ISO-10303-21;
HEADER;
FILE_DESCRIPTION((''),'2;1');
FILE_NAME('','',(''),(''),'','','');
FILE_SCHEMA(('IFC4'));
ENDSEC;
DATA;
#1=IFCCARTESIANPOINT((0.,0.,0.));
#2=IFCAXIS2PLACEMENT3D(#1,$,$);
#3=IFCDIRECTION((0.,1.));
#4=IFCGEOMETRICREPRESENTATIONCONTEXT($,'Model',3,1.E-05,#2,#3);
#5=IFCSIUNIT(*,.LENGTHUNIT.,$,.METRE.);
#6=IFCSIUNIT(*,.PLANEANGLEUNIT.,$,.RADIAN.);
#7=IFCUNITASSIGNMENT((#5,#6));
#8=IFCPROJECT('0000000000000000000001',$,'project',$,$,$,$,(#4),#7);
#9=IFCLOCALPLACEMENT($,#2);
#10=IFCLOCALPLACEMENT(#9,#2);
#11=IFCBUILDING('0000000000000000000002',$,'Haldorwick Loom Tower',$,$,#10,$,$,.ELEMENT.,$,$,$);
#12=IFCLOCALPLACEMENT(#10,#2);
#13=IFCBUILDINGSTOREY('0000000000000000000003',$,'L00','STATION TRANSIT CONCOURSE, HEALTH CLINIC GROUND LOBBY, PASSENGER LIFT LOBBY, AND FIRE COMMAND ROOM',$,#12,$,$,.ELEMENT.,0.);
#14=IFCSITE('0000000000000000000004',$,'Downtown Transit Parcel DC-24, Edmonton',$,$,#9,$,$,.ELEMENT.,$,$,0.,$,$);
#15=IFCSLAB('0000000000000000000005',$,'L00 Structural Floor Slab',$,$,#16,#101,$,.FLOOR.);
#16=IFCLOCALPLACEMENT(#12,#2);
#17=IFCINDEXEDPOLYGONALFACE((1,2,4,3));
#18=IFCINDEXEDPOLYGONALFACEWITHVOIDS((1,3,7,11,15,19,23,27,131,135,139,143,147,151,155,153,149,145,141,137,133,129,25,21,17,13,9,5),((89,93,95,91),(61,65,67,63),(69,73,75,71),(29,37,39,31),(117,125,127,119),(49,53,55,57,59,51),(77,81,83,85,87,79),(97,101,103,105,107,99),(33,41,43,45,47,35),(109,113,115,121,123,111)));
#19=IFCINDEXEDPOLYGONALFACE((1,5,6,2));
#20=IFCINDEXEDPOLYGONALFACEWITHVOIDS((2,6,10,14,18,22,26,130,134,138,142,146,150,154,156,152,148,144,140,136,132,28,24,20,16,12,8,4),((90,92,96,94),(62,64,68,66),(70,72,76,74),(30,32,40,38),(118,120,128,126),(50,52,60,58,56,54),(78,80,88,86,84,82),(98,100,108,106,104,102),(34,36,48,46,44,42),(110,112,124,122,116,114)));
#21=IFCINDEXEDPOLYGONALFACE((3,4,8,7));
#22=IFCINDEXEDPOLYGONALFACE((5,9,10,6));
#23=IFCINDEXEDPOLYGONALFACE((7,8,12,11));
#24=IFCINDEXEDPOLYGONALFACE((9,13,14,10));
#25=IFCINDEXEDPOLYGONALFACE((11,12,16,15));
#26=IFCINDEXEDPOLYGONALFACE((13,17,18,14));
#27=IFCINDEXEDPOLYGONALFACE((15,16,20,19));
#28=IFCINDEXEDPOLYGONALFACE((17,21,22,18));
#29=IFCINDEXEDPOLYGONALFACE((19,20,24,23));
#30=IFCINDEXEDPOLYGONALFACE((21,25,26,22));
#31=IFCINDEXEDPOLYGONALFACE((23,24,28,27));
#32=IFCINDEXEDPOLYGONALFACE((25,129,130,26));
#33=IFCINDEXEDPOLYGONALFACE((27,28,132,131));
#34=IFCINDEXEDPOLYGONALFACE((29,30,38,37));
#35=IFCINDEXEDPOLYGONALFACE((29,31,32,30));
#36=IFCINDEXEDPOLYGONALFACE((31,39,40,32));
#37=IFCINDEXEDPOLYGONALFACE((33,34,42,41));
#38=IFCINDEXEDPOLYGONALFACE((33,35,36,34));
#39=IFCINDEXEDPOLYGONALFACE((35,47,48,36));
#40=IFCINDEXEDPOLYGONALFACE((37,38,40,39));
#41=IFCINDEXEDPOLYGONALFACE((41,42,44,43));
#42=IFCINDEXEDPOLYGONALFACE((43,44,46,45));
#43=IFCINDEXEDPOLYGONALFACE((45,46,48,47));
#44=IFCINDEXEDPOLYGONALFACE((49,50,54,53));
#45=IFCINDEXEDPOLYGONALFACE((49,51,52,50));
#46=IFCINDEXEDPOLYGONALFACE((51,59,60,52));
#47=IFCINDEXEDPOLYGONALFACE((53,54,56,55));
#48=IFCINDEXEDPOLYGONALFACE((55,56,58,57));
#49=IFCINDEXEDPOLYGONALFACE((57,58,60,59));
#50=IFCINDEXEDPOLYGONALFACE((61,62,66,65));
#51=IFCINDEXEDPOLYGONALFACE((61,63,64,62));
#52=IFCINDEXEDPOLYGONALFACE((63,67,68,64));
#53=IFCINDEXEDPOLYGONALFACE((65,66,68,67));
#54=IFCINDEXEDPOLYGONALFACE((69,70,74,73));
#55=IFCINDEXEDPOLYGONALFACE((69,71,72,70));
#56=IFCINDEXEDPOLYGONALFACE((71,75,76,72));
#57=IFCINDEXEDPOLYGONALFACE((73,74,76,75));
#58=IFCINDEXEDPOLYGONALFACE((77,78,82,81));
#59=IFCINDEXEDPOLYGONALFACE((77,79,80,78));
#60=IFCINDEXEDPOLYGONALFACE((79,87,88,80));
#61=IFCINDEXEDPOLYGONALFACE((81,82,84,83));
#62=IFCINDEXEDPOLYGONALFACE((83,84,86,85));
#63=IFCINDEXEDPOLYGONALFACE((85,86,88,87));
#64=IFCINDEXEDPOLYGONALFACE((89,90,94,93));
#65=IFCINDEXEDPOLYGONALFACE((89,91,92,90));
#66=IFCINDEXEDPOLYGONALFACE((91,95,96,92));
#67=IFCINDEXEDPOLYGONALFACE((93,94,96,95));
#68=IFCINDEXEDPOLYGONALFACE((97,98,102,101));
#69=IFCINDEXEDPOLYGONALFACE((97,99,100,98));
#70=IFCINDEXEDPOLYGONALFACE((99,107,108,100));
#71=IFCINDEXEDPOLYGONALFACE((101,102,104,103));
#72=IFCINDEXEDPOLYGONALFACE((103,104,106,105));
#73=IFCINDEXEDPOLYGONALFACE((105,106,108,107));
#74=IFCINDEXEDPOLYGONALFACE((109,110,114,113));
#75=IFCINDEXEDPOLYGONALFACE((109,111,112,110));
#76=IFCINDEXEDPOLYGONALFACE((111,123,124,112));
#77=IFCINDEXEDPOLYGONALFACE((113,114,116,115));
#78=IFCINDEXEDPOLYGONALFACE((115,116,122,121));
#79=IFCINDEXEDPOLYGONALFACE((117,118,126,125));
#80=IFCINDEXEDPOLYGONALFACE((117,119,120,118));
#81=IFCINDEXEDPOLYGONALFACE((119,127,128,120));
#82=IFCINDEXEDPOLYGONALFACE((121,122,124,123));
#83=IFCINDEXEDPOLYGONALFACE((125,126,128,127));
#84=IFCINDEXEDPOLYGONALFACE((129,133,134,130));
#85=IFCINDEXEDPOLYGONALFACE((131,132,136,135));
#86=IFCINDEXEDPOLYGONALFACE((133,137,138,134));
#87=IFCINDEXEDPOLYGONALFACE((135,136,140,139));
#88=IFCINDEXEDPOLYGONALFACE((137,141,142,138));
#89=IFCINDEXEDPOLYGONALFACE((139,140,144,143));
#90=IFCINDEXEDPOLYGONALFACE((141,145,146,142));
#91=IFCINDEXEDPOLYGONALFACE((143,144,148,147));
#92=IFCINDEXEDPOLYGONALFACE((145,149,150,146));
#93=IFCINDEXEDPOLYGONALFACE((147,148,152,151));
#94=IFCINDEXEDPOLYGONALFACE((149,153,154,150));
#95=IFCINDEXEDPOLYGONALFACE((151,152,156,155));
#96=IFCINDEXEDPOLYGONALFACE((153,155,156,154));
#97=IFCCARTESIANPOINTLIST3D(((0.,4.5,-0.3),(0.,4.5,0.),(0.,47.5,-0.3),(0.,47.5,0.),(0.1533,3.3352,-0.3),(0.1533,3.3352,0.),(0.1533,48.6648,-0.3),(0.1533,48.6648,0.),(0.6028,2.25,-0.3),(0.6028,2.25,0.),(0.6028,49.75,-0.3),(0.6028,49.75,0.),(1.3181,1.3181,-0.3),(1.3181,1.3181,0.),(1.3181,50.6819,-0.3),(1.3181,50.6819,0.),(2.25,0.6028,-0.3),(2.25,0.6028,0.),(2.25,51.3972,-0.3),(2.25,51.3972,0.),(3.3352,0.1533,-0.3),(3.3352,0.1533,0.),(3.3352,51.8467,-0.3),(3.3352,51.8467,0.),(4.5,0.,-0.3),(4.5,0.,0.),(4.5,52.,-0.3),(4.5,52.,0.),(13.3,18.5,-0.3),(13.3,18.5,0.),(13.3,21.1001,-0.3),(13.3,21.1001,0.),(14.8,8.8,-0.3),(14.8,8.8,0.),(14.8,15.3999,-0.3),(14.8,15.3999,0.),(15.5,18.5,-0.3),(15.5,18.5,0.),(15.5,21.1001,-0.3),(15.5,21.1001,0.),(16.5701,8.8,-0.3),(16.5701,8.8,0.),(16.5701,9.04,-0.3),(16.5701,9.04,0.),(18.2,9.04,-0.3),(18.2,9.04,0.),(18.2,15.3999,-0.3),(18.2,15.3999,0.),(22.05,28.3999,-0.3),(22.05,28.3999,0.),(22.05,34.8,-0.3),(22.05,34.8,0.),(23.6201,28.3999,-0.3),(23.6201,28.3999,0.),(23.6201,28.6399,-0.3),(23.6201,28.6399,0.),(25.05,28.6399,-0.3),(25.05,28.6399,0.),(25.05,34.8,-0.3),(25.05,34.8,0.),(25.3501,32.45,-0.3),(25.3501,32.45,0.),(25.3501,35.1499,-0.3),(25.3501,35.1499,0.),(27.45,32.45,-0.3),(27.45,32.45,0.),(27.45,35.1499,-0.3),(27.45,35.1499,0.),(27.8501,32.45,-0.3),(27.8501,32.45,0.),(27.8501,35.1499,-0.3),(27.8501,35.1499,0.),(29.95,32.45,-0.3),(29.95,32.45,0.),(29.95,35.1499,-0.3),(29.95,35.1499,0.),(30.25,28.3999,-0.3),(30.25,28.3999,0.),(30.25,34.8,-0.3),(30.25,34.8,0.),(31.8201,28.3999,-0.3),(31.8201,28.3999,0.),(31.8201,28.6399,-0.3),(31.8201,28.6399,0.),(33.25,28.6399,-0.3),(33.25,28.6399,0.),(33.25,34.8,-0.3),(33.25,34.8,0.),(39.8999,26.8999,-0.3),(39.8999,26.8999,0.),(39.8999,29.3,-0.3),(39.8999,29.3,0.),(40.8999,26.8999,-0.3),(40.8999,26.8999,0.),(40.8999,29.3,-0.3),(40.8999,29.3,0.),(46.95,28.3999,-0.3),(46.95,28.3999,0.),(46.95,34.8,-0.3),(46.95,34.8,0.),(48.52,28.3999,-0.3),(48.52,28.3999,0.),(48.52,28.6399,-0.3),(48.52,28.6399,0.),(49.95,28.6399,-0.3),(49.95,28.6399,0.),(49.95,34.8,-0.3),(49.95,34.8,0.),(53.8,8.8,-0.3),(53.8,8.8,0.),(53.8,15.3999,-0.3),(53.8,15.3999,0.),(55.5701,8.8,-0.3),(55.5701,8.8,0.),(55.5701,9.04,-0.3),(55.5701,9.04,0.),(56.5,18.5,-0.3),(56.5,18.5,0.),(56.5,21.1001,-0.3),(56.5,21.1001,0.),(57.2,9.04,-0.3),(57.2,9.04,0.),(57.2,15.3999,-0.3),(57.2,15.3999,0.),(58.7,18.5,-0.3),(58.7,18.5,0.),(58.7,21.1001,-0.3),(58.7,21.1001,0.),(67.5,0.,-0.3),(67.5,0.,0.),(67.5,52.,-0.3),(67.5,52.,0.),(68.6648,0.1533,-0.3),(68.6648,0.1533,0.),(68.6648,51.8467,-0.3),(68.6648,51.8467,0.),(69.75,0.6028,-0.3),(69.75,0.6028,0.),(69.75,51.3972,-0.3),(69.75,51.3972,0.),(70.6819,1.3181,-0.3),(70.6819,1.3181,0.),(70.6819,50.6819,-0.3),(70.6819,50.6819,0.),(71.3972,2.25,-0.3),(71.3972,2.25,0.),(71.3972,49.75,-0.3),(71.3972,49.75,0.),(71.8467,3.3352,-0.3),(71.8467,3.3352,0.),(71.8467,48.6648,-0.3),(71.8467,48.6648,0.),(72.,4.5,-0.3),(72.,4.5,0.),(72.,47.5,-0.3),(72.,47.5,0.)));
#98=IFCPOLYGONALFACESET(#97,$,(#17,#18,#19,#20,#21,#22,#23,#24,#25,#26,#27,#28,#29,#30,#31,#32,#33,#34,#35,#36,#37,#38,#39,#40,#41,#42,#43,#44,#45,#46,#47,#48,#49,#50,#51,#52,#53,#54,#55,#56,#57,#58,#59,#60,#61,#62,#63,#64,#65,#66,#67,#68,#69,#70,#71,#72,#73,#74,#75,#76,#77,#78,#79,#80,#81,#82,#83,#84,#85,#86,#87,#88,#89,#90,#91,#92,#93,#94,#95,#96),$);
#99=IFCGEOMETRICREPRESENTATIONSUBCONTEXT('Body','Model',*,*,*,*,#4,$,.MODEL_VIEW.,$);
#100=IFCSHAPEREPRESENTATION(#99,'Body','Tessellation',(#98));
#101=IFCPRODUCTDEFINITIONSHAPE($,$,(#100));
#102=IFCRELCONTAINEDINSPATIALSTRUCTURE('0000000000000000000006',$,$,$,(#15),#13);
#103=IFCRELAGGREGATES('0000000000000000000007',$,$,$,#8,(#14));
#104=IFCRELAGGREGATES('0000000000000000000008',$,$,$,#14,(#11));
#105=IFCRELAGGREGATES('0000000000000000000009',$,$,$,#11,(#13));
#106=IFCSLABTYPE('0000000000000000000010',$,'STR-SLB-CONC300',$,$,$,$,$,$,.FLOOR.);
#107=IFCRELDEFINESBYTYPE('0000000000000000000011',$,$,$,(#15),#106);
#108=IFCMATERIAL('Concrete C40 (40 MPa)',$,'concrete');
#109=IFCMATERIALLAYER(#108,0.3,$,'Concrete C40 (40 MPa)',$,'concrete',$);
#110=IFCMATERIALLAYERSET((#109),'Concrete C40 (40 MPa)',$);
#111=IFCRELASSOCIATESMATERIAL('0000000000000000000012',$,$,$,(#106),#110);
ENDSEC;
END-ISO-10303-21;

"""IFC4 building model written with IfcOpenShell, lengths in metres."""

from ifc_helpers import new_model, si_unit, direction, frame, origin, place, context, subcontext, project, spatial, polyline, outline, extrude, material, layer, layer_set, type_object, element, save


model = new_model("IFC4")

# Units and contexts
model_context = context("Model", 3, precision=1e-05, world=origin(), true_north=direction((0.0, 1.0)))
body_context = subcontext(model_context, "Body", "Model", "MODEL_VIEW")
ifc_project = project(units=[si_unit("LENGTHUNIT", "METRE"), si_unit("PLANEANGLEUNIT", "RADIAN")], contexts=[model_context])

# Site, building, storey
site_placement = place(None, origin())
site = spatial("IfcSite", under=ifc_project, at=site_placement, Name="Downtown Transit Parcel DC-24, Edmonton", CompositionType="ELEMENT", RefElevation=0.0)
building_placement = place(site_placement, origin())
building = spatial("IfcBuilding", under=site, at=building_placement, Name="Haldorwick Loom Tower", CompositionType="ELEMENT")
storey_placement = place(building_placement, origin())
storey = spatial("IfcBuildingStorey", under=building, at=storey_placement, Name="L00", Description="STATION TRANSIT CONCOURSE, HEALTH CLINIC GROUND LOBBY, PASSENGER LIFT LOBBY, AND FIRE COMMAND ROOM", CompositionType="ELEMENT", Elevation=0.0)

# Slab
ifc_material_1 = material(Name="Concrete C40 (40 MPa)", Category="concrete")
ifc_layer_1 = layer(ifc_material_1, 0.3, Name="Concrete C40 (40 MPa)", Category="concrete")
ifc_layer_set_1 = layer_set([ifc_layer_1], Name="Concrete C40 (40 MPa)")
slab_type_1 = type_object("IfcSlabType", Name="STR-SLB-CONC300", PredefinedType="FLOOR", material=ifc_layer_set_1)
slab_1_placement = place(storey_placement, frame((0.0, 0.0, -0.3)))
element("IfcSlab", 1, at=slab_1_placement, inside=storey, type_object=slab_type_1, Name="L00 Structural Floor Slab", PredefinedType="FLOOR", context=body_context, shape_type="SweptSolid", body=[
    extrude(outline(polyline([(1.3181, 1.3181), (2.25, 0.6028), (3.3352, 0.1533), (4.5, 0.0), (67.5, 0.0), (68.6648, 0.1533), (69.75, 0.6028), (70.6819, 1.3181), (71.3972, 2.25), (71.8467, 3.3352), (72.0, 4.5), (72.0, 47.5), (71.8467, 48.6648), (71.3972, 49.75), (70.6819, 50.6819), (69.75, 51.3972), (68.6648, 51.8467), (67.5, 52.0), (4.5, 52.0), (3.3352, 51.8467), (2.25, 51.3972), (1.3181, 50.6819), (0.6028, 49.75), (0.1533, 48.6648), (0.0, 47.5), (0.0, 4.5), (0.1533, 3.3352), (0.6028, 2.25), (1.3181, 1.3181)]), holes=[polyline([(18.2, 9.04), (16.5701, 9.04), (16.5701, 8.8), (14.8, 8.8), (14.8, 15.3999), (18.2, 15.3999), (18.2, 9.04)]), polyline([(57.2, 15.3999), (57.2, 9.04), (55.5701, 9.04), (55.5701, 8.8), (53.8, 8.8), (53.8, 15.3999), (57.2, 15.3999)]), polyline([(15.5, 21.1001), (15.5, 18.5), (13.3, 18.5), (13.3, 21.1001), (15.5, 21.1001)]), polyline([(58.7, 18.5), (56.5, 18.5), (56.5, 21.1001), (58.7, 21.1001), (58.7, 18.5)]), polyline([(40.8999, 26.8999), (39.8999, 26.8999), (39.8999, 29.3), (40.8999, 29.3), (40.8999, 26.8999)]), polyline([(25.05, 34.8), (25.05, 28.6399), (23.6201, 28.6399), (23.6201, 28.3999), (22.05, 28.3999), (22.05, 34.8), (25.05, 34.8)]), polyline([(33.25, 34.8), (33.25, 28.6399), (31.8201, 28.6399), (31.8201, 28.3999), (30.25, 28.3999), (30.25, 34.8), (33.25, 34.8)]), polyline([(49.95, 34.8), (49.95, 28.6399), (48.52, 28.6399), (48.52, 28.3999), (46.95, 28.3999), (46.95, 34.8), (49.95, 34.8)]), polyline([(27.45, 32.45), (25.3501, 32.45), (25.3501, 35.1499), (27.45, 35.1499), (27.45, 32.45)]), polyline([(29.95, 32.45), (27.8501, 32.45), (27.8501, 35.1499), (29.95, 35.1499), (29.95, 32.45)])]), origin(), (0.0, 0.0, 1.0), 0.3),
])

save(model, "model.ifc")
